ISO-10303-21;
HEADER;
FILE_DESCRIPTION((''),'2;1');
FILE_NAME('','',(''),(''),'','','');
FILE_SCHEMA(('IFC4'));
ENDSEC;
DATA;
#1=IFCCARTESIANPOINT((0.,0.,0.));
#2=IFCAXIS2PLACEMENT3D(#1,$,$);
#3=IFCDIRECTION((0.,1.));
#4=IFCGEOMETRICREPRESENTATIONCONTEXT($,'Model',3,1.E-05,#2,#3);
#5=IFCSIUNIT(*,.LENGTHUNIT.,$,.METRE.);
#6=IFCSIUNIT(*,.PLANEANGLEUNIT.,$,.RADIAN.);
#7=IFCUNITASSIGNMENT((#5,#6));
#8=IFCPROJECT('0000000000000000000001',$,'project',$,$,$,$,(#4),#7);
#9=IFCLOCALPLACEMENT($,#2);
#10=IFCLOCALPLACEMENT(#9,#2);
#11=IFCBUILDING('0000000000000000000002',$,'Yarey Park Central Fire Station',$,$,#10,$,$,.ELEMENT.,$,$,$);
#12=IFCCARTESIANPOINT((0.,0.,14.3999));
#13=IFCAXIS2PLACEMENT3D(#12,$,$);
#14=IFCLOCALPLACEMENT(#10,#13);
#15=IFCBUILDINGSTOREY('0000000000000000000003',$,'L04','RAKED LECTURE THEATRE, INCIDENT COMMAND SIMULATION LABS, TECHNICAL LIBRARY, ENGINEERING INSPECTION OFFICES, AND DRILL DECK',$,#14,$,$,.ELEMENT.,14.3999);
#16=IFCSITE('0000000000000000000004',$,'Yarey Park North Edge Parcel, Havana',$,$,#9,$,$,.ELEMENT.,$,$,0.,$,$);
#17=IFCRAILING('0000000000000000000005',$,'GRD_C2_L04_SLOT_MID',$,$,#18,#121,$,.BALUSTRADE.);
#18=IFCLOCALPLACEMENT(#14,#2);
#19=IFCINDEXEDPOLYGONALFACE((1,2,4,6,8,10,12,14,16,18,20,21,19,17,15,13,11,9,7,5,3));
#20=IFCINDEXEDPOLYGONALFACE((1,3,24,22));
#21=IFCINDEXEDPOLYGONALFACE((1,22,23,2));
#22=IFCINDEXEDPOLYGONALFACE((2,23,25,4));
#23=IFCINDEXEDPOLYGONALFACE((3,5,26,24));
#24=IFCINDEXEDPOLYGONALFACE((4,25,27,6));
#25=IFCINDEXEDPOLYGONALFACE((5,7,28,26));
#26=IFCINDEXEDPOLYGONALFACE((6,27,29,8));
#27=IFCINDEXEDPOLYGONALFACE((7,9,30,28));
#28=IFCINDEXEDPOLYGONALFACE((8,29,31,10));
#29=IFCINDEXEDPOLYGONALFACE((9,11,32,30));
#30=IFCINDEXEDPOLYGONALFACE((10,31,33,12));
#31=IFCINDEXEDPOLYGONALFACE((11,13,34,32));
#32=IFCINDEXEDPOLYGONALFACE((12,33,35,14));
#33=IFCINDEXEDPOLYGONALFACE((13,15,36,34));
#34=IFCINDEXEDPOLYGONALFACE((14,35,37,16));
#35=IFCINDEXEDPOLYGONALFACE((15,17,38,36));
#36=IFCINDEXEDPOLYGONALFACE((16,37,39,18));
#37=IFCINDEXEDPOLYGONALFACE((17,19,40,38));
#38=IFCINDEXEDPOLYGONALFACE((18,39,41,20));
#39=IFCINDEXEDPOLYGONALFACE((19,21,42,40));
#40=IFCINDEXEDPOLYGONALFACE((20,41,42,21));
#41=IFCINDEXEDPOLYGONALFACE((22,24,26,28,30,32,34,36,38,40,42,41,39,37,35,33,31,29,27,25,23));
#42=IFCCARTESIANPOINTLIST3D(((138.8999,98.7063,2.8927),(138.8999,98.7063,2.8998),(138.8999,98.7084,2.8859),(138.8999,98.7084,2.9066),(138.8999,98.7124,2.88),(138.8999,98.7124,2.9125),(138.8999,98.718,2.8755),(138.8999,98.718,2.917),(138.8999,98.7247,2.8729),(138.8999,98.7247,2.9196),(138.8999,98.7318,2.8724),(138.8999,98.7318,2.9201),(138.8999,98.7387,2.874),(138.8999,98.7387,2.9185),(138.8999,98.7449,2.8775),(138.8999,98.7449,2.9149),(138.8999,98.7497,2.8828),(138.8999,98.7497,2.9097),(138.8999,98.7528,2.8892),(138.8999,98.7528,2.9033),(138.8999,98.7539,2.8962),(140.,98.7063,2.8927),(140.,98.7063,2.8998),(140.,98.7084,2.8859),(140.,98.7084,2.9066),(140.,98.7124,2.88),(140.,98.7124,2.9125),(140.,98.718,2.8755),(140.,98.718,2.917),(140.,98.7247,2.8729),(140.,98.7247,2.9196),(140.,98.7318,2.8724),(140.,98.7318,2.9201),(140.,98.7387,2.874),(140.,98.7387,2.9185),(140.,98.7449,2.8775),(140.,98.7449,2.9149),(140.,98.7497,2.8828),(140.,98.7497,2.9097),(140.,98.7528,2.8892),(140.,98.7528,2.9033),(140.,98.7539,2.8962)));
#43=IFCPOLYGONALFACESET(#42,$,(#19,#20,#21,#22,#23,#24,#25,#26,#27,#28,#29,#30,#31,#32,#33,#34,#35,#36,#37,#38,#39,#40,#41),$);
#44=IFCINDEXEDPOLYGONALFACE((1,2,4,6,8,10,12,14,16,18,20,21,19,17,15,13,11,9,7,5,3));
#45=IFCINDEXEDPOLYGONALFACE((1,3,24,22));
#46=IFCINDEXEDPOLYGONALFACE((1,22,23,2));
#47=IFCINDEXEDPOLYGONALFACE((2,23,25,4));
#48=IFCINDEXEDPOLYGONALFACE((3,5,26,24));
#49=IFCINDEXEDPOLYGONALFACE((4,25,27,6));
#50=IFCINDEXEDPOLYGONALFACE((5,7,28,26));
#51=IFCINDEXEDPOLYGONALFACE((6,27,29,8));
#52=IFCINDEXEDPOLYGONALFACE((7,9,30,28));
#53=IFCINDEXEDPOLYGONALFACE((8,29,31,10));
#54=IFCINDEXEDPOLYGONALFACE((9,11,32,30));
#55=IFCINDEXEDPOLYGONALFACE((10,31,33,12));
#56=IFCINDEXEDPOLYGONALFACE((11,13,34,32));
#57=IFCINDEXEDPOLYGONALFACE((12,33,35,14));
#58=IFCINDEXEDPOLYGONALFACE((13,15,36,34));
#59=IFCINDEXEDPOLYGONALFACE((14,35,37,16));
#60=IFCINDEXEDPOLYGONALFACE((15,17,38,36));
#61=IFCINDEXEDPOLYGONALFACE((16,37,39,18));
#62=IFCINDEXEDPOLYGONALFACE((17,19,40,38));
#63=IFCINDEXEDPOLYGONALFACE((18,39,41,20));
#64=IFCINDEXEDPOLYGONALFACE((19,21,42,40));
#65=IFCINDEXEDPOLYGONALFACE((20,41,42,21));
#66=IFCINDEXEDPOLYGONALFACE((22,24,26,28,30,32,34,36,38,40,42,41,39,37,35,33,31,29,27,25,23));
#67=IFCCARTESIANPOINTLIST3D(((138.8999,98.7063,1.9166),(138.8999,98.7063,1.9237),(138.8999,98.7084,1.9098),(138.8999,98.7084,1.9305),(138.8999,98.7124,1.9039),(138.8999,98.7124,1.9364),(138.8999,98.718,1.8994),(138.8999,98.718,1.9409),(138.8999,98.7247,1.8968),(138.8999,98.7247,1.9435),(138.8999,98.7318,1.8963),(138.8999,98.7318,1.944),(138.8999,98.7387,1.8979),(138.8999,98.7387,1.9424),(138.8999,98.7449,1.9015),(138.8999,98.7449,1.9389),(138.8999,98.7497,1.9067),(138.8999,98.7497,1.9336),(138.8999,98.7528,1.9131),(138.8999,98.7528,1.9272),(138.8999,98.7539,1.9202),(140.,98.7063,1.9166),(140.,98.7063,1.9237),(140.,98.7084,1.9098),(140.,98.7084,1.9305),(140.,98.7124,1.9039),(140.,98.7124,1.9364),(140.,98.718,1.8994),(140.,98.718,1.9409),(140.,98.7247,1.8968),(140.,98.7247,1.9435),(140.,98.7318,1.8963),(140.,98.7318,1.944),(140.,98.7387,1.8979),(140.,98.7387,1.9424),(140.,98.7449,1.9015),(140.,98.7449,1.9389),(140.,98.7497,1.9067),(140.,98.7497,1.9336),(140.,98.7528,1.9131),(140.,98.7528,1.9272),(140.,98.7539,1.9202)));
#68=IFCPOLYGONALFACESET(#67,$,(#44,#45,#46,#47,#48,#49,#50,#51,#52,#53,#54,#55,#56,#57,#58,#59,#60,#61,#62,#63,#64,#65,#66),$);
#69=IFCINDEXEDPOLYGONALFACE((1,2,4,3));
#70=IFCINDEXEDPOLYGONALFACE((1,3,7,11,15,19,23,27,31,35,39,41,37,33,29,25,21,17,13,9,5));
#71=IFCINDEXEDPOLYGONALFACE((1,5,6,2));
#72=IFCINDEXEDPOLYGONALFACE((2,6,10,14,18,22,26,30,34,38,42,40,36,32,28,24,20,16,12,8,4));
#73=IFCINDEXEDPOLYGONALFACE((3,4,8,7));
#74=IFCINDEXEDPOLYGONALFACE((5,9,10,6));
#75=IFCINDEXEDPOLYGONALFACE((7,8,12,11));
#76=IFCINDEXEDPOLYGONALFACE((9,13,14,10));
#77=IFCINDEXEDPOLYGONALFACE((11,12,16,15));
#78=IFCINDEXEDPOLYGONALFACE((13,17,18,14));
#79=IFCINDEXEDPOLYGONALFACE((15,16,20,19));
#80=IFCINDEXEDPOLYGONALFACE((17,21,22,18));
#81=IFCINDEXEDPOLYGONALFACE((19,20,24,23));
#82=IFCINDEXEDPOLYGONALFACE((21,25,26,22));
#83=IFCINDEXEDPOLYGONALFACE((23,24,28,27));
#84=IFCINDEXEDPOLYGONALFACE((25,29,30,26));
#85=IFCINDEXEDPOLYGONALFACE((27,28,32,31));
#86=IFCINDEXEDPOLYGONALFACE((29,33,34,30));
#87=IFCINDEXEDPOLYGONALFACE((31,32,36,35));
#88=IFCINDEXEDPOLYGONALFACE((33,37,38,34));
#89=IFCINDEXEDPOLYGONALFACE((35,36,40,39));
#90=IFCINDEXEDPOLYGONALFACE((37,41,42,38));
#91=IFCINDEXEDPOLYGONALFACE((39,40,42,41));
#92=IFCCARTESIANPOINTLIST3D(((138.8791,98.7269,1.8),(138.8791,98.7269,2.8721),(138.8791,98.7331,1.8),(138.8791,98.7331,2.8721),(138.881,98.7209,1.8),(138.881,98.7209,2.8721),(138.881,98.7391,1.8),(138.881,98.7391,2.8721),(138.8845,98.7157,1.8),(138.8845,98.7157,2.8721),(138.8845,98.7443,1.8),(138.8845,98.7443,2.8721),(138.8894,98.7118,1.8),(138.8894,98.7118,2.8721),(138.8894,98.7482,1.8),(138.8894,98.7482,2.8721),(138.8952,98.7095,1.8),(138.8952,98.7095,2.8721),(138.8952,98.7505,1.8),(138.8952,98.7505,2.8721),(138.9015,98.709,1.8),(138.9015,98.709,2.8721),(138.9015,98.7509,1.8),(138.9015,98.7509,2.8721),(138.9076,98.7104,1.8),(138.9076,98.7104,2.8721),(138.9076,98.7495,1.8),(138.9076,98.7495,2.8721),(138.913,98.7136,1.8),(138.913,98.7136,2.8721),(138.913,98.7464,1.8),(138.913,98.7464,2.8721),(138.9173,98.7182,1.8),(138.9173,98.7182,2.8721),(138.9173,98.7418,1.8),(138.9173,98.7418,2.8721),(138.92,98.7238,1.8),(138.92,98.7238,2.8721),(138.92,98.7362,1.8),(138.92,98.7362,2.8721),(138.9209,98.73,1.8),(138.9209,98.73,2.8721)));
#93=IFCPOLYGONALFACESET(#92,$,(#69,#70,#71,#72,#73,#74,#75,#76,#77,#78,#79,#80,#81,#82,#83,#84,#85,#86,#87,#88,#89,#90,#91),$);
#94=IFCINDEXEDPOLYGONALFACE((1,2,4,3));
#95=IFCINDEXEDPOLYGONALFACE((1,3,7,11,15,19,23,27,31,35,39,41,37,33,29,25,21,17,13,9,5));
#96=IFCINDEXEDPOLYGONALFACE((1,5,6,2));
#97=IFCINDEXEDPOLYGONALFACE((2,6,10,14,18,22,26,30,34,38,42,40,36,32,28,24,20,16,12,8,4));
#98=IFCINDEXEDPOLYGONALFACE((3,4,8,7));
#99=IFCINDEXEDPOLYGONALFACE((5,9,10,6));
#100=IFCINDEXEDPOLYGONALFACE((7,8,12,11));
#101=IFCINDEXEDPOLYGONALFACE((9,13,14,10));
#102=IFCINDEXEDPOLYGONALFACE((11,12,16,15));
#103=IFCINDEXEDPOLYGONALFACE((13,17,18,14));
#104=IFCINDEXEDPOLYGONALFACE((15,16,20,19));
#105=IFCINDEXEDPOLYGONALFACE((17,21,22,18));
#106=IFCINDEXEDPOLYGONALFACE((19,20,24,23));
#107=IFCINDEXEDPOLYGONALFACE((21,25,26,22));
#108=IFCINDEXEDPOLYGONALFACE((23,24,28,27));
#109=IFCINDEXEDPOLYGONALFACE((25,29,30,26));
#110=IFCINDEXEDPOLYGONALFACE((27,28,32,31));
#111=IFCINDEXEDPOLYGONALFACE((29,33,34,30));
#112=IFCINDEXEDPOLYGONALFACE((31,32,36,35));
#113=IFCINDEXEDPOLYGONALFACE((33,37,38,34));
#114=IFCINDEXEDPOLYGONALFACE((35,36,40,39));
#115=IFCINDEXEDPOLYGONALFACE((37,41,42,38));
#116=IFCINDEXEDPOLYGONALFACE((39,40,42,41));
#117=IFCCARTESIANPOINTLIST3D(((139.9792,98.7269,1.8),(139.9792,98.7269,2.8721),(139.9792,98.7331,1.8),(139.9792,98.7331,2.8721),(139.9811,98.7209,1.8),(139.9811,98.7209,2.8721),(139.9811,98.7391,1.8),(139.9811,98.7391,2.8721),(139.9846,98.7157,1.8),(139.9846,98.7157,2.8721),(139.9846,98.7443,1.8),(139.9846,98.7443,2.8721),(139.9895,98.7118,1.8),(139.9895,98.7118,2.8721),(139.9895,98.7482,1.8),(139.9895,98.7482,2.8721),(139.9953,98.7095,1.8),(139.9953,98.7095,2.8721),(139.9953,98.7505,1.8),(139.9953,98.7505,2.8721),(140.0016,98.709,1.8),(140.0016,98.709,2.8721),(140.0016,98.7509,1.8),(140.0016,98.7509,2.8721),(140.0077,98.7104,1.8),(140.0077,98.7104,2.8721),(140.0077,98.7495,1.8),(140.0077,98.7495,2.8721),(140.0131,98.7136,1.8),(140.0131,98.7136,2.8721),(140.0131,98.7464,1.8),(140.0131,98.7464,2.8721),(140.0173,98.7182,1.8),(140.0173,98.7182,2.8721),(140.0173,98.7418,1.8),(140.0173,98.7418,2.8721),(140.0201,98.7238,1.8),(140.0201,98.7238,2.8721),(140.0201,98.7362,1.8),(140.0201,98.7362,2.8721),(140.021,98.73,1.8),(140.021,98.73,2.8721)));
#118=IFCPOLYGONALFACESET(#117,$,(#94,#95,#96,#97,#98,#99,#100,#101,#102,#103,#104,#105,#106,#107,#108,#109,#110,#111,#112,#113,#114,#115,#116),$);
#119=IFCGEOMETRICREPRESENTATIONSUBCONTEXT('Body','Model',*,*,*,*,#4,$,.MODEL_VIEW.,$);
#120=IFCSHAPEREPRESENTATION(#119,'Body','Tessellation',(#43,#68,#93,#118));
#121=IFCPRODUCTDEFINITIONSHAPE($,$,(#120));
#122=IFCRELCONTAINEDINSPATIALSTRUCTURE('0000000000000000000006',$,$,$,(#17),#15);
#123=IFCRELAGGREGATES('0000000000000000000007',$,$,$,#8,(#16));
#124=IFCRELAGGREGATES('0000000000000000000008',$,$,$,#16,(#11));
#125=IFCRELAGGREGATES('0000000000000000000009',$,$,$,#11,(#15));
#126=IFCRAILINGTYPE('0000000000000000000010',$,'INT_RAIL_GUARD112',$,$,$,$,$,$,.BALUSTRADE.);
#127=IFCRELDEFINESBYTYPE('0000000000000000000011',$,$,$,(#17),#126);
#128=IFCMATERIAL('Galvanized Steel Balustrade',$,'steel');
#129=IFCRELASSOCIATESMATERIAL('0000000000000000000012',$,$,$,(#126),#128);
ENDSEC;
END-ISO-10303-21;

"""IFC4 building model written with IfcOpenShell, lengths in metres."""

from ifc_helpers import new_model, si_unit, direction, frame, origin, origin_2d, place, context, subcontext, project, spatial, circle, extrude, material, type_object, element, save


model = new_model("IFC4")

# Units and contexts
model_context = context("Model", 3, precision=1e-05, world=origin(), true_north=direction((0.0, 1.0)))
body_context = subcontext(model_context, "Body", "Model", "MODEL_VIEW")
ifc_project = project(units=[si_unit("LENGTHUNIT", "METRE"), si_unit("PLANEANGLEUNIT", "RADIAN")], contexts=[model_context])

# Site, building, storey
site_placement = place(None, origin())
site = spatial("IfcSite", under=ifc_project, at=site_placement, Name="Yarey Park North Edge Parcel, Havana", CompositionType="ELEMENT", RefElevation=0.0)
building_placement = place(site_placement, origin())
building = spatial("IfcBuilding", under=site, at=building_placement, Name="Yarey Park Central Fire Station", CompositionType="ELEMENT")
storey_placement = place(building_placement, frame((0.0, 0.0, 14.3999)))
storey = spatial("IfcBuildingStorey", under=building, at=storey_placement, Name="L04", Description="RAKED LECTURE THEATRE, INCIDENT COMMAND SIMULATION LABS, TECHNICAL LIBRARY, ENGINEERING INSPECTION OFFICES, AND DRILL DECK", CompositionType="ELEMENT", Elevation=14.3999)

# Railing
ifc_material_1 = material(Name="Galvanized Steel Balustrade", Category="steel")
railing_type_1 = type_object("IfcRailingType", Name="INT_RAIL_GUARD112", PredefinedType="BALUSTRADE", material=ifc_material_1)
for number, where, name in (
    (1, (138.8999, 98.73, 1.8), "GRD_C2_L04_SLOT_MID"),
):
    element("IfcRailing", number, at=place(storey_placement, frame(where)), inside=storey, type_object=railing_type_1, Name=name, PredefinedType="BALUSTRADE", context=body_context, shape_type="SweptSolid", body=[
        extrude(circle(Radius=0.0239, at=origin_2d()), frame((0.0, 0.0, 1.0962), z_axis=(1.0, 0.0, 0.0), x_axis=(0.0, 1.0, 0.0)), (0.0, 0.0, 1.0), 1.1001),
        extrude(circle(Radius=0.0239, at=origin_2d()), frame((0.0, 0.0, 0.1201), z_axis=(1.0, 0.0, 0.0), x_axis=(0.0, 1.0, 0.0)), (0.0, 0.0, 1.0), 1.1001),
        extrude(circle(Radius=0.021, at=origin_2d()), origin(), (0.0, 0.0, 1.0), 1.072),
        extrude(circle(Radius=0.021, at=origin_2d()), frame((1.1001, 0.0, 0.0)), (0.0, 0.0, 1.0), 1.072),
    ])

save(model, "model.ifc")
